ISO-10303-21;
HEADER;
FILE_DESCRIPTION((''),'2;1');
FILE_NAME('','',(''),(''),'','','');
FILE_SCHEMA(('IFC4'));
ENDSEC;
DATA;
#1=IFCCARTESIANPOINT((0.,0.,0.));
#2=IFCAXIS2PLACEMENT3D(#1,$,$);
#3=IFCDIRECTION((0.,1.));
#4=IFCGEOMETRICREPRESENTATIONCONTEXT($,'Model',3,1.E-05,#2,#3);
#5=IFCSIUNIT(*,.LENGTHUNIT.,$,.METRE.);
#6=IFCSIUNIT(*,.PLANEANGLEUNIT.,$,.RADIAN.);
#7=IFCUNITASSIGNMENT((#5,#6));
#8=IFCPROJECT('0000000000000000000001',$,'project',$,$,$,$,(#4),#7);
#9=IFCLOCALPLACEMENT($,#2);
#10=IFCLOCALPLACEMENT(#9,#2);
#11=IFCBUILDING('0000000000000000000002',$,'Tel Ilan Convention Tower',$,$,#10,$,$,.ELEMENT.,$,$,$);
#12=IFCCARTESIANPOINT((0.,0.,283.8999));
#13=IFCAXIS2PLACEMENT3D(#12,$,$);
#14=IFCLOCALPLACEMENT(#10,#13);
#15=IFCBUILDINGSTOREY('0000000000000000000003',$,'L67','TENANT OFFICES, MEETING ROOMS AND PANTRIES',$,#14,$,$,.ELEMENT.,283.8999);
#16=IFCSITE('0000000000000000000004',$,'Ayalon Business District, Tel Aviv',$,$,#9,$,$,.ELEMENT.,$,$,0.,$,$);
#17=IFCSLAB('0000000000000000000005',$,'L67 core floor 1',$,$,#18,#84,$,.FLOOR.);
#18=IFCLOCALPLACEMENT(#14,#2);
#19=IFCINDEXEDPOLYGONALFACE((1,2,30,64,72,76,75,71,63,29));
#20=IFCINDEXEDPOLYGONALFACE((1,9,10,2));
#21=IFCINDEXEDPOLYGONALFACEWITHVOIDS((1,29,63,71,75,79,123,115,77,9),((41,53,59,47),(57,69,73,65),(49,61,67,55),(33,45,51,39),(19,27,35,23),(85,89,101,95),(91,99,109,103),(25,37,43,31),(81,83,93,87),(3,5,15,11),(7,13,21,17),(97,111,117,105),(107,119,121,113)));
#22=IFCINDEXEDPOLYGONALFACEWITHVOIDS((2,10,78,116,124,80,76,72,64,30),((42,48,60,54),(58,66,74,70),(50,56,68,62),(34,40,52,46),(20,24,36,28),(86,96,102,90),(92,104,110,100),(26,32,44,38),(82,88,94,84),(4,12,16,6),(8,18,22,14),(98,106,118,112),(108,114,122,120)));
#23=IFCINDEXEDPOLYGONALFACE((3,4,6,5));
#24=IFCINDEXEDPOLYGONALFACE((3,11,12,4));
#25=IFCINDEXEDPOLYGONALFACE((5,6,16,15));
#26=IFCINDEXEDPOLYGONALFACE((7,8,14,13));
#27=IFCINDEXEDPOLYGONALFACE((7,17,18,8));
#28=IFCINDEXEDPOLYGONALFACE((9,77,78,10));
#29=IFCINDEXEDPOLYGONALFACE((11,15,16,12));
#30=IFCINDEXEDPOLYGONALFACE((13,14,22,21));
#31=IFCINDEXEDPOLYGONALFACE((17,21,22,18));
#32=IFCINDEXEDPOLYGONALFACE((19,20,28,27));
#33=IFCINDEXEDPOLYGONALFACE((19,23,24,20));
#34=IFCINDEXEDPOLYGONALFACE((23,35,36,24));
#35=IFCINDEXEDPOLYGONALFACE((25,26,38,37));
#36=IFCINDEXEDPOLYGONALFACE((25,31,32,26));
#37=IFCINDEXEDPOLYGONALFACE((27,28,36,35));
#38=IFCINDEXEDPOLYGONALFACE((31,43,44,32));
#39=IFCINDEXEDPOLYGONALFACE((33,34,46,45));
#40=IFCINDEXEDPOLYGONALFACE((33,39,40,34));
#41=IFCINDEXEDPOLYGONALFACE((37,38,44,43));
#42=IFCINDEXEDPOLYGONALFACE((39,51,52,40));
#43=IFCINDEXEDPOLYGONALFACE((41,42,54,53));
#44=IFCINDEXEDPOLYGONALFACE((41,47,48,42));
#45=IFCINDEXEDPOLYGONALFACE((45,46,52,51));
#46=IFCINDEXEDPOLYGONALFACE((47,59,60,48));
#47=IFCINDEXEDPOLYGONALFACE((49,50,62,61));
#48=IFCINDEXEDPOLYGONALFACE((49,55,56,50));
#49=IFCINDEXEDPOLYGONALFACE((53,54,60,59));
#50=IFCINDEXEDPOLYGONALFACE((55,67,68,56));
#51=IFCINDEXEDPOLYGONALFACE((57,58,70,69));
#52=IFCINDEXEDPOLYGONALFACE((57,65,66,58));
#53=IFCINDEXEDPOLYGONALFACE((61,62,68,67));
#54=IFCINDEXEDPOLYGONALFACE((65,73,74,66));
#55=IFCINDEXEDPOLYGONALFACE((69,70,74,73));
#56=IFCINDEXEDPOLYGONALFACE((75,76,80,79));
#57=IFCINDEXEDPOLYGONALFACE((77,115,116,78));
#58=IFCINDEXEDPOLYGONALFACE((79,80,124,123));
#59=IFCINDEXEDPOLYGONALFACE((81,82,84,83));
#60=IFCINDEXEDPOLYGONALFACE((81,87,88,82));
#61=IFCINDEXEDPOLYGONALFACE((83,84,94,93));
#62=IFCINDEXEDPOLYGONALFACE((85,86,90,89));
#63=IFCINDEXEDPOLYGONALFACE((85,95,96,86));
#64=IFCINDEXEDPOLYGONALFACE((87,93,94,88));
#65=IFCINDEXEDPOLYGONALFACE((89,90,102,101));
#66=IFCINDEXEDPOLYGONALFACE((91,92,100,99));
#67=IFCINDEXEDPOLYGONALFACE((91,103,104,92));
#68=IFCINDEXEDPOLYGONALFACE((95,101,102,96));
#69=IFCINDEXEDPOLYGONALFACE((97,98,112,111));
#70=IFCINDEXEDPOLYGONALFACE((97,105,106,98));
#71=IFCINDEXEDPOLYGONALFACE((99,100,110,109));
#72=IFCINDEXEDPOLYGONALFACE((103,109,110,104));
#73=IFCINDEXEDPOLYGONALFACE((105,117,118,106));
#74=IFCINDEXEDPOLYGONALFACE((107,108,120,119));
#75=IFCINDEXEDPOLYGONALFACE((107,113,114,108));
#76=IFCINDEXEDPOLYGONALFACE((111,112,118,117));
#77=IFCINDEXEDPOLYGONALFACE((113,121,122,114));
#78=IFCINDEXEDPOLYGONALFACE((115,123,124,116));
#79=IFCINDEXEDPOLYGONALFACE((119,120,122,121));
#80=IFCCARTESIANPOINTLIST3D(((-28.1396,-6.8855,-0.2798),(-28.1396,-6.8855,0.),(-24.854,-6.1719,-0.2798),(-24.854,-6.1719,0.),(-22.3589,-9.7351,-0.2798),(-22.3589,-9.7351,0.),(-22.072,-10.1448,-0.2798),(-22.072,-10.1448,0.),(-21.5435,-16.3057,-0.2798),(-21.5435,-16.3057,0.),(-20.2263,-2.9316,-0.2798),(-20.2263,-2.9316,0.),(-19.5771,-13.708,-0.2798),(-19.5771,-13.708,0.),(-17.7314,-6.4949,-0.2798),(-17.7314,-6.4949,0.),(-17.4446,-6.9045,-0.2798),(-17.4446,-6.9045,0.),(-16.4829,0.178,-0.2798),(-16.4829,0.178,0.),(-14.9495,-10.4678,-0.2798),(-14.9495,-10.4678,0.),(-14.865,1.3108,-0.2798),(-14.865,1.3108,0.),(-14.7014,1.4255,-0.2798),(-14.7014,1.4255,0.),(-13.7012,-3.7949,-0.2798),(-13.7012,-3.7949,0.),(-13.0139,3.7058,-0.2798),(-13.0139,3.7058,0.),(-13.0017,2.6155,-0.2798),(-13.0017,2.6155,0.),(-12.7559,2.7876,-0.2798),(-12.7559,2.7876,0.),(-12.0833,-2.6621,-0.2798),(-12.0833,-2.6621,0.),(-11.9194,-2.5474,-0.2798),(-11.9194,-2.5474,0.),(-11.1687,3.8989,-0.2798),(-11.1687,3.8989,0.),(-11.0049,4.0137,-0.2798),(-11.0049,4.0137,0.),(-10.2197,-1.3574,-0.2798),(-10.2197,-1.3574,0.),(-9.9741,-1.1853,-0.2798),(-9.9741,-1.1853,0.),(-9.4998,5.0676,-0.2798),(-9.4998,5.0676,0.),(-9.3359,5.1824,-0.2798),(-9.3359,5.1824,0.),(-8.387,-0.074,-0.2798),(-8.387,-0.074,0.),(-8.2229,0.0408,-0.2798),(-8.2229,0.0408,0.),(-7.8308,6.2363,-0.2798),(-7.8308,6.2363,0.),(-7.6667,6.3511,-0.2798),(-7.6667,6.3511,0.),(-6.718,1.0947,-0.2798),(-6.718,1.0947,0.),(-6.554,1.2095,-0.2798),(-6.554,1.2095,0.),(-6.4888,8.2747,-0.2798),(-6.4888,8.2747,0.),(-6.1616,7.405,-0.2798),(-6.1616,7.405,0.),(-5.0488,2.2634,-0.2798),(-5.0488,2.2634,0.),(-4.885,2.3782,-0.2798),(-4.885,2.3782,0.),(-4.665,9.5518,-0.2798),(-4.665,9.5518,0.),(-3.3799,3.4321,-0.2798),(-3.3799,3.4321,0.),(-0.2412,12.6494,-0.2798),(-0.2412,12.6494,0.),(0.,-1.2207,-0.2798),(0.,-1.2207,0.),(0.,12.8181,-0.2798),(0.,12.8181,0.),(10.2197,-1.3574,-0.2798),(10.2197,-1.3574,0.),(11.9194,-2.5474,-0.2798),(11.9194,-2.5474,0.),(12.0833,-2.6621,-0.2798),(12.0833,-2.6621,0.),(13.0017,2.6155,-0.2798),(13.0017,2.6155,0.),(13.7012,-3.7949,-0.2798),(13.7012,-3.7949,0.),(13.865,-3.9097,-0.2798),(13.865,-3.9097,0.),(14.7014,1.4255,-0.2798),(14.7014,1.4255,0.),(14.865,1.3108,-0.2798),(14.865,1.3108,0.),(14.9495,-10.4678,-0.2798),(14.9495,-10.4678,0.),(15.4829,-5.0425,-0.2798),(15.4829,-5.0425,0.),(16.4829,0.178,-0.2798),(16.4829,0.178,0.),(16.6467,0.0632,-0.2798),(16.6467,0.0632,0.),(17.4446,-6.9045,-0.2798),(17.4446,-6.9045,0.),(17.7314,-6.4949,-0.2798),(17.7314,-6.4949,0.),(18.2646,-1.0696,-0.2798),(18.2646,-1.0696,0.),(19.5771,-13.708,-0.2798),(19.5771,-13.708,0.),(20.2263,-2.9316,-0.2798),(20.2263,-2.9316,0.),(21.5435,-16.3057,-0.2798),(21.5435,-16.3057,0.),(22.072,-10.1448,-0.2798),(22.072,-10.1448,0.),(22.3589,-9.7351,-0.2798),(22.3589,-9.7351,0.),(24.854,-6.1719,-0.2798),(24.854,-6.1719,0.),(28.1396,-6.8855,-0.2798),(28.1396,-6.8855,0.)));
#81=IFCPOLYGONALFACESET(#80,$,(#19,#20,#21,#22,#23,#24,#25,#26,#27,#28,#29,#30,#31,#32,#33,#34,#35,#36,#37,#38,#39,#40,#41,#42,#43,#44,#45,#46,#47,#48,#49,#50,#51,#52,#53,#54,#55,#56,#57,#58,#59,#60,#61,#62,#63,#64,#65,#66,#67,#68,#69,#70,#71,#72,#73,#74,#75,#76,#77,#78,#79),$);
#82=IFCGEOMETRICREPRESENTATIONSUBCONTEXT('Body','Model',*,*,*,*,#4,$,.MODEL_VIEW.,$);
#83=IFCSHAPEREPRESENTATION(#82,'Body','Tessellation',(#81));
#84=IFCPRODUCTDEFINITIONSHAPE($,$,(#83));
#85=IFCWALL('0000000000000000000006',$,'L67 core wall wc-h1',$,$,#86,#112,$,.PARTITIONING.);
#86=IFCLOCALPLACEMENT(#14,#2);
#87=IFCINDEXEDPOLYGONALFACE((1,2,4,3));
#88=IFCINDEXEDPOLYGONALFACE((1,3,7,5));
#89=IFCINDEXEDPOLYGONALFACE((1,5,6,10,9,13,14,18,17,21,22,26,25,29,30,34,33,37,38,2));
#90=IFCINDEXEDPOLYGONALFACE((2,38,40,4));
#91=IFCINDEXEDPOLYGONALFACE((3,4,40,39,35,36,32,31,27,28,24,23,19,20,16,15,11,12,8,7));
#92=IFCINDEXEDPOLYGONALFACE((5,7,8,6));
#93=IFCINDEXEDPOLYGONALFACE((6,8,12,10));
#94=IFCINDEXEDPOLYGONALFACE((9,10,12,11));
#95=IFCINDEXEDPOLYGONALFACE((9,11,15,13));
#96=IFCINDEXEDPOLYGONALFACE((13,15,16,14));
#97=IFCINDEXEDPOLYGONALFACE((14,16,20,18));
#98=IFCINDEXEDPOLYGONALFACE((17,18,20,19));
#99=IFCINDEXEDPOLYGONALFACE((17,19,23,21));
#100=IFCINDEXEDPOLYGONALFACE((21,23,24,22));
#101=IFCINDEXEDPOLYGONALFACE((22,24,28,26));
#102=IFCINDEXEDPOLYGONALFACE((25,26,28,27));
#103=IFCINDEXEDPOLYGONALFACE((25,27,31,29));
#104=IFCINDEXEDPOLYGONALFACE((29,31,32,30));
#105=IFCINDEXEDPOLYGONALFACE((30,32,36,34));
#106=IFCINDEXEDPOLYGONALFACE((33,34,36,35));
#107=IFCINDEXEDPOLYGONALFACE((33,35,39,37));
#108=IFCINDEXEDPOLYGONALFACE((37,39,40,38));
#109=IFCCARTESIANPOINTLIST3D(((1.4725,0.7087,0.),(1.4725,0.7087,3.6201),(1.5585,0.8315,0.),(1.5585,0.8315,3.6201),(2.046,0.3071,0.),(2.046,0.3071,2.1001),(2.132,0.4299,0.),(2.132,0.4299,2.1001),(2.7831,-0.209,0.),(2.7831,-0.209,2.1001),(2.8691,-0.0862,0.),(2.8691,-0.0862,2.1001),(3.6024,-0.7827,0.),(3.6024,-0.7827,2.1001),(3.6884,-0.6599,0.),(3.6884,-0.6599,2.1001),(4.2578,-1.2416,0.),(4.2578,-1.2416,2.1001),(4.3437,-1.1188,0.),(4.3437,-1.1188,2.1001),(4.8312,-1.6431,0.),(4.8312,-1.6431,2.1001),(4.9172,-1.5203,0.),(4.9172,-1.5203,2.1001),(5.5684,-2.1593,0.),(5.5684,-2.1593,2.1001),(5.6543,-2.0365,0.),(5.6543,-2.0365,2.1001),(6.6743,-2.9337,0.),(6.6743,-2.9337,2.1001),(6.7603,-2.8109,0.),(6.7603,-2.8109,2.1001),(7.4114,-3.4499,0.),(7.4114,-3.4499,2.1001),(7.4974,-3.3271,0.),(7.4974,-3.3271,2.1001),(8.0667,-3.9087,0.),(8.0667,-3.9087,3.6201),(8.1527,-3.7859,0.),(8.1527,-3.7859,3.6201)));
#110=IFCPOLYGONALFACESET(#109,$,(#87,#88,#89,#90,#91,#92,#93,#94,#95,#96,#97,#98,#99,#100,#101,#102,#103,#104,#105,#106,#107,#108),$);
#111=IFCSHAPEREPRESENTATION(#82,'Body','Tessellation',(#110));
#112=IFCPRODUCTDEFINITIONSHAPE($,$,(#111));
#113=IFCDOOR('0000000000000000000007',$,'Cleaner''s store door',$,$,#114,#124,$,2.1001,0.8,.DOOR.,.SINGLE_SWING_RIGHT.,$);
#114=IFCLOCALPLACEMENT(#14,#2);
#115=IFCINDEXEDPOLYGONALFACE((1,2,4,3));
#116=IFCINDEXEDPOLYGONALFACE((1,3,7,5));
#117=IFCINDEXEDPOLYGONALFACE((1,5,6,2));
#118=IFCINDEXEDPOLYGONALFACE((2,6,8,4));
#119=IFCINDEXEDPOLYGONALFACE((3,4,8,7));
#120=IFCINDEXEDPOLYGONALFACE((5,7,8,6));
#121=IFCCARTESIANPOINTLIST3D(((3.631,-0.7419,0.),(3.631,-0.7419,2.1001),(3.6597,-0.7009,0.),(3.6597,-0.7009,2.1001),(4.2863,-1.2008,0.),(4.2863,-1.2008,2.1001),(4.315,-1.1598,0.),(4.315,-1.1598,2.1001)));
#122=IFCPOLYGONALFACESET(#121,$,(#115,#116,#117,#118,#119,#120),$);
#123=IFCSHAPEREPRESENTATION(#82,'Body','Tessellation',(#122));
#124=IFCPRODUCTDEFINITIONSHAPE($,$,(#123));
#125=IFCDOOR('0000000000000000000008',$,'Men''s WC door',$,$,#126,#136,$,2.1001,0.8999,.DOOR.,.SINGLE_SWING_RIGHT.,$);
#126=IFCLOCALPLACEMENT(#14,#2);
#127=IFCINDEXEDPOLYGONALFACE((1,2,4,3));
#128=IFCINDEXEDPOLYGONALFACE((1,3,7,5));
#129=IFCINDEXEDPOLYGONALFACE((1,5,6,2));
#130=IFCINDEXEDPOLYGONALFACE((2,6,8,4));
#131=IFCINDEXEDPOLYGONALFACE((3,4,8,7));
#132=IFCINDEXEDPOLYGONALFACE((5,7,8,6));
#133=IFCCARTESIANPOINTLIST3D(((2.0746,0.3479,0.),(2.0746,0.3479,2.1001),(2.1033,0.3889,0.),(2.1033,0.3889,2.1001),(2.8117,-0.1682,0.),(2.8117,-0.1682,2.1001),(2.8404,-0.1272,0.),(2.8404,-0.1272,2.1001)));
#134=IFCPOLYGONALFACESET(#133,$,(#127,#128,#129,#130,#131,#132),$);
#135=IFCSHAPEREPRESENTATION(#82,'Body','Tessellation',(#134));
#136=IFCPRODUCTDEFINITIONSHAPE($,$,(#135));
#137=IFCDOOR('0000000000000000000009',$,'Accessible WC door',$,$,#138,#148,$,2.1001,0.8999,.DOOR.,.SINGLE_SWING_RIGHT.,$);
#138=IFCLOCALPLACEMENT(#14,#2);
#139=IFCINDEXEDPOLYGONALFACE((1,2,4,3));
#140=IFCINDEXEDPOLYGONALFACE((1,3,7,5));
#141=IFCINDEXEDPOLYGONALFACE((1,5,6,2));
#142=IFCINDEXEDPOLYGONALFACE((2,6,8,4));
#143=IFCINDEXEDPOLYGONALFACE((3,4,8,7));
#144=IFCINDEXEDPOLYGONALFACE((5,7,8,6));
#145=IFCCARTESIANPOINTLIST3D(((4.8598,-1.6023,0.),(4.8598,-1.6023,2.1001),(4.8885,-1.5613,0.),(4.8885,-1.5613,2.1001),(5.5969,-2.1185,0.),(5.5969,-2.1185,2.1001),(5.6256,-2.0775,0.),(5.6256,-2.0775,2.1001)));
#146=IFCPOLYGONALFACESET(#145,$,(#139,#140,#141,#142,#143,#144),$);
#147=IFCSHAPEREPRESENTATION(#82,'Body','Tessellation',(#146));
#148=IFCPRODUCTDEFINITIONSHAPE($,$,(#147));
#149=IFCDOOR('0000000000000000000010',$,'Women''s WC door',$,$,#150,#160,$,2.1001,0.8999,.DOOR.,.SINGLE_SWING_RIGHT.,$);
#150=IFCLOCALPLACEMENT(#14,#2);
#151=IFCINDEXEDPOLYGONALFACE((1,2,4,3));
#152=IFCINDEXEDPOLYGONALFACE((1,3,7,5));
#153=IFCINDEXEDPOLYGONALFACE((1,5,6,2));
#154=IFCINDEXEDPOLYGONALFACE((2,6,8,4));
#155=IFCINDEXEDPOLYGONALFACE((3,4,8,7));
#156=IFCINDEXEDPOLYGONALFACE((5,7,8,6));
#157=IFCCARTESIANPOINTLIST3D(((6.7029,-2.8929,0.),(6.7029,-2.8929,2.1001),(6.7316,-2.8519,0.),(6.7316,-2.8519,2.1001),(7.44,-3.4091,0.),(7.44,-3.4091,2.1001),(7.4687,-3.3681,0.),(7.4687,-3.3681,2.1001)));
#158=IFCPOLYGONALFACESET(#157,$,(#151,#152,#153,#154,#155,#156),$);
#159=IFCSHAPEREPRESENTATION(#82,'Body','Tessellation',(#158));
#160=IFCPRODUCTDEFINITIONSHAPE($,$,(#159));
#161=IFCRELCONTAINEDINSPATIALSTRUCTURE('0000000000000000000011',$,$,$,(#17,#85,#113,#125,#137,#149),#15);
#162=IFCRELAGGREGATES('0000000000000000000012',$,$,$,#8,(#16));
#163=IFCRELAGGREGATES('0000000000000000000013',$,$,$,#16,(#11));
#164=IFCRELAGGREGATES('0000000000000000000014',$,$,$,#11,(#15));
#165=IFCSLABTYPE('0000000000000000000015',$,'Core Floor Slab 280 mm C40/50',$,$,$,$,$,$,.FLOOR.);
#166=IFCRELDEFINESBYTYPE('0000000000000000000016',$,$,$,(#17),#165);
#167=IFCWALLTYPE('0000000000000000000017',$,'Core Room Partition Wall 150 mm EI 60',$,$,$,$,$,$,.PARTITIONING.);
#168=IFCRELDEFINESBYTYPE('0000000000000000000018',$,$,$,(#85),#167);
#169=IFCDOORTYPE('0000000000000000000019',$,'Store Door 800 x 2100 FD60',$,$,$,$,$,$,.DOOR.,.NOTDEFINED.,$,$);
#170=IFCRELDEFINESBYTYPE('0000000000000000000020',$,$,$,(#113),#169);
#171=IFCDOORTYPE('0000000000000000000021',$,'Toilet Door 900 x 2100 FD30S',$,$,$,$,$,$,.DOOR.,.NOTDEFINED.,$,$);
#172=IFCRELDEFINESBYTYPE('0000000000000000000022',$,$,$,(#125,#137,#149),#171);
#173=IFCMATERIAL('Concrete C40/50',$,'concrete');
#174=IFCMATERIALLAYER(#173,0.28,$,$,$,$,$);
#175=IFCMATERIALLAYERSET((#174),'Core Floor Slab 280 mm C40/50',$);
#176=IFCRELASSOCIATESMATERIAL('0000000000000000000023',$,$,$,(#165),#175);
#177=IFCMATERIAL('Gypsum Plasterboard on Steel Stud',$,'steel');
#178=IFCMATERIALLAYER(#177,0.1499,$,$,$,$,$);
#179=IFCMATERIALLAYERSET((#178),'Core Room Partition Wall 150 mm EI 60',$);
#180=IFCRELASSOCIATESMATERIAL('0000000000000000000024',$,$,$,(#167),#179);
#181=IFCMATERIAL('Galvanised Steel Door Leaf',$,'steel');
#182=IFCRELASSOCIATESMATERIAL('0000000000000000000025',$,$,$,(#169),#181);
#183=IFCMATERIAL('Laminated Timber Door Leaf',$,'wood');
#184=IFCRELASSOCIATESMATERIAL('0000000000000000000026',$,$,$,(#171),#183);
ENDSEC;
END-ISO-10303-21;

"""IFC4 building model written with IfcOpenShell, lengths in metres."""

from ifc_helpers import new_model, si_unit, direction, frame, frame_2d, origin, place, context, subcontext, project, spatial, polyline, rectangle, outline, extrude, material, layer, layer_set, type_object, element, fill, save


model = new_model("IFC4")

# Units and contexts
model_context = context("Model", 3, precision=1e-05, world=origin(), true_north=direction((0.0, 1.0)))
body_context = subcontext(model_context, "Body", "Model", "MODEL_VIEW")
ifc_project = project(units=[si_unit("LENGTHUNIT", "METRE"), si_unit("PLANEANGLEUNIT", "RADIAN")], contexts=[model_context])

# Site, building, storey
site_placement = place(None, origin())
site = spatial("IfcSite", under=ifc_project, at=site_placement, Name="Ayalon Business District, Tel Aviv", CompositionType="ELEMENT", RefElevation=0.0)
building_placement = place(site_placement, origin())
building = spatial("IfcBuilding", under=site, at=building_placement, Name="Tel Ilan Convention Tower", CompositionType="ELEMENT")
storey_placement = place(building_placement, frame((0.0, 0.0, 283.8999)))
storey = spatial("IfcBuildingStorey", under=building, at=storey_placement, Name="L67", Description="TENANT OFFICES, MEETING ROOMS AND PANTRIES", CompositionType="ELEMENT", Elevation=283.8999)

# Slab
ifc_material_1 = material(Name="Concrete C40/50", Category="concrete")
ifc_layer_1 = layer(ifc_material_1, 0.28)
ifc_layer_set_1 = layer_set([ifc_layer_1], Name="Core Floor Slab 280 mm C40/50")
slab_type = type_object("IfcSlabType", Name="Core Floor Slab 280 mm C40/50", PredefinedType="FLOOR", material=ifc_layer_set_1)
slab_placement = place(storey_placement, frame((0.0, 0.0, -0.2798)))
element("IfcSlab", 1, at=slab_placement, inside=storey, type_object=slab_type, Name="L67 core floor 1", PredefinedType="FLOOR", context=body_context, shape_type="SweptSolid", body=[
    extrude(outline(polyline([(0.0, 12.8181), (28.1396, -6.8855), (21.5435, -16.3057), (0.0, -1.2207), (-21.5435, -16.3057), (-28.1396, -6.8855), (-13.0139, 3.7058), (-6.4888, 8.2747), (-4.665, 9.5518), (-0.2412, 12.6494), (0.0, 12.8181)]), holes=[polyline([(-17.4446, -6.9045), (-22.072, -10.1448), (-19.5771, -13.708), (-14.9495, -10.4678), (-17.4446, -6.9045)]), polyline([(-17.7314, -6.4949), (-20.2263, -2.9316), (-24.854, -6.1719), (-22.3589, -9.7351), (-17.7314, -6.4949)]), polyline([(-14.865, 1.3108), (-16.4829, 0.178), (-13.7012, -3.7949), (-12.0833, -2.6621), (-14.865, 1.3108)]), polyline([(-14.7014, 1.4255), (-11.9194, -2.5474), (-10.2197, -1.3574), (-13.0017, 2.6155), (-14.7014, 1.4255)]), polyline([(-11.1687, 3.8989), (-12.7559, 2.7876), (-9.9741, -1.1853), (-8.387, -0.074), (-11.1687, 3.8989)]), polyline([(-9.4998, 5.0676), (-11.0049, 4.0137), (-8.2229, 0.0408), (-6.718, 1.0947), (-9.4998, 5.0676)]), polyline([(-9.3359, 5.1824), (-6.554, 1.2095), (-5.0488, 2.2634), (-7.8308, 6.2363), (-9.3359, 5.1824)]), polyline([(17.4446, -6.9045), (14.9495, -10.4678), (19.5771, -13.708), (22.072, -10.1448), (17.4446, -6.9045)]), polyline([(20.2263, -2.9316), (17.7314, -6.4949), (22.3589, -9.7351), (24.854, -6.1719), (20.2263, -2.9316)]), polyline([(15.4829, -5.0425), (18.2646, -1.0696), (16.6467, 0.0632), (13.865, -3.9097), (15.4829, -5.0425)]), polyline([(13.7012, -3.7949), (16.4829, 0.178), (14.865, 1.3108), (12.0833, -2.6621), (13.7012, -3.7949)]), polyline([(11.9194, -2.5474), (14.7014, 1.4255), (13.0017, 2.6155), (10.2197, -1.3574), (11.9194, -2.5474)]), polyline([(-6.1616, 7.405), (-7.6667, 6.3511), (-4.885, 2.3782), (-3.3799, 3.4321), (-6.1616, 7.405)])]), origin(), (0.0, 0.0, 1.0), 0.2798),
])

# Wall, openings, doors
ifc_material_2 = material(Name="Gypsum Plasterboard on Steel Stud", Category="steel")
ifc_layer_2 = layer(ifc_material_2, 0.1499)
ifc_layer_set_2 = layer_set([ifc_layer_2], Name="Core Room Partition Wall 150 mm EI 60")
wall_type_1 = type_object("IfcWallType", Name="Core Room Partition Wall 150 mm EI 60", PredefinedType="PARTITIONING", material=ifc_layer_set_2)
wall_1_placement = place(storey_placement, frame((1.5156, 0.77, 0.0), z_axis=(0.0, 0.0, 1.0), x_axis=(0.819146, -0.573584, 0.0)))
wall_1 = element("IfcWall", 2, at=wall_1_placement, inside=storey, type_object=wall_type_1, Name="L67 core wall wc-h1", PredefinedType="PARTITIONING", context=body_context, shape_type="SweptSolid", body=[
    extrude(rectangle(XDim=8.05, YDim=0.1499, at=frame_2d((4.0249, 0.0))), origin(), (0.0, 0.0, 1.0), 3.6201),
])
opening_1_placement = place(wall_1_placement, frame((0.7, 0.0, 0.0)))
opening_1 = element("IfcOpeningElement", 3, at=opening_1_placement, cuts=wall_1, PredefinedType="OPENING", context=body_context, shape_type="SweptSolid", body=[
    extrude(rectangle(XDim=0.8999, YDim=2.1001, at=frame_2d((0.45, 1.05))), frame((0.0, 0.085, 0.0), z_axis=(0.0, -1.0, 0.0), x_axis=(1.0, 0.0, 0.0)), (0.0, 0.0, 1.0), 0.1699),
])
opening_2_placement = place(wall_1_placement, frame((2.6001, 0.0, 0.0)))
opening_2 = element("IfcOpeningElement", 4, at=opening_2_placement, cuts=wall_1, PredefinedType="OPENING", context=body_context, shape_type="SweptSolid", body=[
    extrude(rectangle(XDim=0.8, YDim=2.1001, at=frame_2d((0.3999, 1.05))), frame((0.0, 0.085, 0.0), z_axis=(0.0, -1.0, 0.0), x_axis=(1.0, 0.0, 0.0)), (0.0, 0.0, 1.0), 0.1699),
])
opening_3_placement = place(wall_1_placement, frame((4.1001, 0.0, 0.0)))
opening_3 = element("IfcOpeningElement", 5, at=opening_3_placement, cuts=wall_1, PredefinedType="OPENING", context=body_context, shape_type="SweptSolid", body=[
    extrude(rectangle(XDim=0.8999, YDim=2.1001, at=frame_2d((0.45, 1.05))), frame((0.0, 0.085, 0.0), z_axis=(0.0, -1.0, 0.0), x_axis=(1.0, 0.0, 0.0)), (0.0, 0.0, 1.0), 0.1699),
])
opening_4_placement = place(wall_1_placement, frame((6.3501, 0.0, 0.0)))
opening_4 = element("IfcOpeningElement", 6, at=opening_4_placement, cuts=wall_1, PredefinedType="OPENING", context=body_context, shape_type="SweptSolid", body=[
    extrude(rectangle(XDim=0.8999, YDim=2.1001, at=frame_2d((0.45, 1.05))), frame((0.0, 0.085, 0.0), z_axis=(0.0, -1.0, 0.0), x_axis=(1.0, 0.0, 0.0)), (0.0, 0.0, 1.0), 0.1699),
])
ifc_material_3 = material(Name="Galvanised Steel Door Leaf", Category="steel")
door_type_1 = type_object("IfcDoorType", Name="Store Door 800 x 2100 FD60", OperationType="NOTDEFINED", PredefinedType="DOOR", material=ifc_material_3)
door_1_placement = place(opening_2_placement, origin())
door_1 = element("IfcDoor", 7, at=door_1_placement, inside=storey, type_object=door_type_1, Name="Cleaner's store door", OperationType="SINGLE_SWING_RIGHT", OverallHeight=2.1001, OverallWidth=0.8, PredefinedType="DOOR", context=body_context, shape_type="SweptSolid", body=[
    extrude(rectangle(XDim=0.8, YDim=2.1001, at=frame_2d((0.3999, 1.05))), frame((0.0, 0.0249, 0.0), z_axis=(0.0, -1.0, 0.0), x_axis=(1.0, 0.0, 0.0)), (0.0, 0.0, 1.0), 0.05),
])
fill(opening_2, door_1)
ifc_material_4 = material(Name="Laminated Timber Door Leaf", Category="wood")
door_type_2 = type_object("IfcDoorType", Name="Toilet Door 900 x 2100 FD30S", OperationType="NOTDEFINED", PredefinedType="DOOR", material=ifc_material_4)
door_2_placement = place(opening_1_placement, origin())
door_2 = element("IfcDoor", 8, at=door_2_placement, inside=storey, type_object=door_type_2, Name="Men's WC door", OperationType="SINGLE_SWING_RIGHT", OverallHeight=2.1001, OverallWidth=0.8999, PredefinedType="DOOR", context=body_context, shape_type="SweptSolid", body=[
    extrude(rectangle(XDim=0.8999, YDim=2.1001, at=frame_2d((0.45, 1.05))), frame((0.0, 0.0249, 0.0), z_axis=(0.0, -1.0, 0.0), x_axis=(1.0, 0.0, 0.0)), (0.0, 0.0, 1.0), 0.05),
])
fill(opening_1, door_2)
door_3_placement = place(opening_3_placement, origin())
door_3 = element("IfcDoor", 9, at=door_3_placement, inside=storey, type_object=door_type_2, Name="Accessible WC door", OperationType="SINGLE_SWING_RIGHT", OverallHeight=2.1001, OverallWidth=0.8999, PredefinedType="DOOR", context=body_context, shape_type="SweptSolid", body=[
    extrude(rectangle(XDim=0.8999, YDim=2.1001, at=frame_2d((0.45, 1.05))), frame((0.0, 0.0249, 0.0), z_axis=(0.0, -1.0, 0.0), x_axis=(1.0, 0.0, 0.0)), (0.0, 0.0, 1.0), 0.05),
])
fill(opening_3, door_3)
door_4_placement = place(opening_4_placement, origin())
door_4 = element("IfcDoor", 10, at=door_4_placement, inside=storey, type_object=door_type_2, Name="Women's WC door", OperationType="SINGLE_SWING_RIGHT", OverallHeight=2.1001, OverallWidth=0.8999, PredefinedType="DOOR", context=body_context, shape_type="SweptSolid", body=[
    extrude(rectangle(XDim=0.8999, YDim=2.1001, at=frame_2d((0.45, 1.05))), frame((0.0, 0.0249, 0.0), z_axis=(0.0, -1.0, 0.0), x_axis=(1.0, 0.0, 0.0)), (0.0, 0.0, 1.0), 0.05),
])
fill(opening_4, door_4)

save(model, "model.ifc")
